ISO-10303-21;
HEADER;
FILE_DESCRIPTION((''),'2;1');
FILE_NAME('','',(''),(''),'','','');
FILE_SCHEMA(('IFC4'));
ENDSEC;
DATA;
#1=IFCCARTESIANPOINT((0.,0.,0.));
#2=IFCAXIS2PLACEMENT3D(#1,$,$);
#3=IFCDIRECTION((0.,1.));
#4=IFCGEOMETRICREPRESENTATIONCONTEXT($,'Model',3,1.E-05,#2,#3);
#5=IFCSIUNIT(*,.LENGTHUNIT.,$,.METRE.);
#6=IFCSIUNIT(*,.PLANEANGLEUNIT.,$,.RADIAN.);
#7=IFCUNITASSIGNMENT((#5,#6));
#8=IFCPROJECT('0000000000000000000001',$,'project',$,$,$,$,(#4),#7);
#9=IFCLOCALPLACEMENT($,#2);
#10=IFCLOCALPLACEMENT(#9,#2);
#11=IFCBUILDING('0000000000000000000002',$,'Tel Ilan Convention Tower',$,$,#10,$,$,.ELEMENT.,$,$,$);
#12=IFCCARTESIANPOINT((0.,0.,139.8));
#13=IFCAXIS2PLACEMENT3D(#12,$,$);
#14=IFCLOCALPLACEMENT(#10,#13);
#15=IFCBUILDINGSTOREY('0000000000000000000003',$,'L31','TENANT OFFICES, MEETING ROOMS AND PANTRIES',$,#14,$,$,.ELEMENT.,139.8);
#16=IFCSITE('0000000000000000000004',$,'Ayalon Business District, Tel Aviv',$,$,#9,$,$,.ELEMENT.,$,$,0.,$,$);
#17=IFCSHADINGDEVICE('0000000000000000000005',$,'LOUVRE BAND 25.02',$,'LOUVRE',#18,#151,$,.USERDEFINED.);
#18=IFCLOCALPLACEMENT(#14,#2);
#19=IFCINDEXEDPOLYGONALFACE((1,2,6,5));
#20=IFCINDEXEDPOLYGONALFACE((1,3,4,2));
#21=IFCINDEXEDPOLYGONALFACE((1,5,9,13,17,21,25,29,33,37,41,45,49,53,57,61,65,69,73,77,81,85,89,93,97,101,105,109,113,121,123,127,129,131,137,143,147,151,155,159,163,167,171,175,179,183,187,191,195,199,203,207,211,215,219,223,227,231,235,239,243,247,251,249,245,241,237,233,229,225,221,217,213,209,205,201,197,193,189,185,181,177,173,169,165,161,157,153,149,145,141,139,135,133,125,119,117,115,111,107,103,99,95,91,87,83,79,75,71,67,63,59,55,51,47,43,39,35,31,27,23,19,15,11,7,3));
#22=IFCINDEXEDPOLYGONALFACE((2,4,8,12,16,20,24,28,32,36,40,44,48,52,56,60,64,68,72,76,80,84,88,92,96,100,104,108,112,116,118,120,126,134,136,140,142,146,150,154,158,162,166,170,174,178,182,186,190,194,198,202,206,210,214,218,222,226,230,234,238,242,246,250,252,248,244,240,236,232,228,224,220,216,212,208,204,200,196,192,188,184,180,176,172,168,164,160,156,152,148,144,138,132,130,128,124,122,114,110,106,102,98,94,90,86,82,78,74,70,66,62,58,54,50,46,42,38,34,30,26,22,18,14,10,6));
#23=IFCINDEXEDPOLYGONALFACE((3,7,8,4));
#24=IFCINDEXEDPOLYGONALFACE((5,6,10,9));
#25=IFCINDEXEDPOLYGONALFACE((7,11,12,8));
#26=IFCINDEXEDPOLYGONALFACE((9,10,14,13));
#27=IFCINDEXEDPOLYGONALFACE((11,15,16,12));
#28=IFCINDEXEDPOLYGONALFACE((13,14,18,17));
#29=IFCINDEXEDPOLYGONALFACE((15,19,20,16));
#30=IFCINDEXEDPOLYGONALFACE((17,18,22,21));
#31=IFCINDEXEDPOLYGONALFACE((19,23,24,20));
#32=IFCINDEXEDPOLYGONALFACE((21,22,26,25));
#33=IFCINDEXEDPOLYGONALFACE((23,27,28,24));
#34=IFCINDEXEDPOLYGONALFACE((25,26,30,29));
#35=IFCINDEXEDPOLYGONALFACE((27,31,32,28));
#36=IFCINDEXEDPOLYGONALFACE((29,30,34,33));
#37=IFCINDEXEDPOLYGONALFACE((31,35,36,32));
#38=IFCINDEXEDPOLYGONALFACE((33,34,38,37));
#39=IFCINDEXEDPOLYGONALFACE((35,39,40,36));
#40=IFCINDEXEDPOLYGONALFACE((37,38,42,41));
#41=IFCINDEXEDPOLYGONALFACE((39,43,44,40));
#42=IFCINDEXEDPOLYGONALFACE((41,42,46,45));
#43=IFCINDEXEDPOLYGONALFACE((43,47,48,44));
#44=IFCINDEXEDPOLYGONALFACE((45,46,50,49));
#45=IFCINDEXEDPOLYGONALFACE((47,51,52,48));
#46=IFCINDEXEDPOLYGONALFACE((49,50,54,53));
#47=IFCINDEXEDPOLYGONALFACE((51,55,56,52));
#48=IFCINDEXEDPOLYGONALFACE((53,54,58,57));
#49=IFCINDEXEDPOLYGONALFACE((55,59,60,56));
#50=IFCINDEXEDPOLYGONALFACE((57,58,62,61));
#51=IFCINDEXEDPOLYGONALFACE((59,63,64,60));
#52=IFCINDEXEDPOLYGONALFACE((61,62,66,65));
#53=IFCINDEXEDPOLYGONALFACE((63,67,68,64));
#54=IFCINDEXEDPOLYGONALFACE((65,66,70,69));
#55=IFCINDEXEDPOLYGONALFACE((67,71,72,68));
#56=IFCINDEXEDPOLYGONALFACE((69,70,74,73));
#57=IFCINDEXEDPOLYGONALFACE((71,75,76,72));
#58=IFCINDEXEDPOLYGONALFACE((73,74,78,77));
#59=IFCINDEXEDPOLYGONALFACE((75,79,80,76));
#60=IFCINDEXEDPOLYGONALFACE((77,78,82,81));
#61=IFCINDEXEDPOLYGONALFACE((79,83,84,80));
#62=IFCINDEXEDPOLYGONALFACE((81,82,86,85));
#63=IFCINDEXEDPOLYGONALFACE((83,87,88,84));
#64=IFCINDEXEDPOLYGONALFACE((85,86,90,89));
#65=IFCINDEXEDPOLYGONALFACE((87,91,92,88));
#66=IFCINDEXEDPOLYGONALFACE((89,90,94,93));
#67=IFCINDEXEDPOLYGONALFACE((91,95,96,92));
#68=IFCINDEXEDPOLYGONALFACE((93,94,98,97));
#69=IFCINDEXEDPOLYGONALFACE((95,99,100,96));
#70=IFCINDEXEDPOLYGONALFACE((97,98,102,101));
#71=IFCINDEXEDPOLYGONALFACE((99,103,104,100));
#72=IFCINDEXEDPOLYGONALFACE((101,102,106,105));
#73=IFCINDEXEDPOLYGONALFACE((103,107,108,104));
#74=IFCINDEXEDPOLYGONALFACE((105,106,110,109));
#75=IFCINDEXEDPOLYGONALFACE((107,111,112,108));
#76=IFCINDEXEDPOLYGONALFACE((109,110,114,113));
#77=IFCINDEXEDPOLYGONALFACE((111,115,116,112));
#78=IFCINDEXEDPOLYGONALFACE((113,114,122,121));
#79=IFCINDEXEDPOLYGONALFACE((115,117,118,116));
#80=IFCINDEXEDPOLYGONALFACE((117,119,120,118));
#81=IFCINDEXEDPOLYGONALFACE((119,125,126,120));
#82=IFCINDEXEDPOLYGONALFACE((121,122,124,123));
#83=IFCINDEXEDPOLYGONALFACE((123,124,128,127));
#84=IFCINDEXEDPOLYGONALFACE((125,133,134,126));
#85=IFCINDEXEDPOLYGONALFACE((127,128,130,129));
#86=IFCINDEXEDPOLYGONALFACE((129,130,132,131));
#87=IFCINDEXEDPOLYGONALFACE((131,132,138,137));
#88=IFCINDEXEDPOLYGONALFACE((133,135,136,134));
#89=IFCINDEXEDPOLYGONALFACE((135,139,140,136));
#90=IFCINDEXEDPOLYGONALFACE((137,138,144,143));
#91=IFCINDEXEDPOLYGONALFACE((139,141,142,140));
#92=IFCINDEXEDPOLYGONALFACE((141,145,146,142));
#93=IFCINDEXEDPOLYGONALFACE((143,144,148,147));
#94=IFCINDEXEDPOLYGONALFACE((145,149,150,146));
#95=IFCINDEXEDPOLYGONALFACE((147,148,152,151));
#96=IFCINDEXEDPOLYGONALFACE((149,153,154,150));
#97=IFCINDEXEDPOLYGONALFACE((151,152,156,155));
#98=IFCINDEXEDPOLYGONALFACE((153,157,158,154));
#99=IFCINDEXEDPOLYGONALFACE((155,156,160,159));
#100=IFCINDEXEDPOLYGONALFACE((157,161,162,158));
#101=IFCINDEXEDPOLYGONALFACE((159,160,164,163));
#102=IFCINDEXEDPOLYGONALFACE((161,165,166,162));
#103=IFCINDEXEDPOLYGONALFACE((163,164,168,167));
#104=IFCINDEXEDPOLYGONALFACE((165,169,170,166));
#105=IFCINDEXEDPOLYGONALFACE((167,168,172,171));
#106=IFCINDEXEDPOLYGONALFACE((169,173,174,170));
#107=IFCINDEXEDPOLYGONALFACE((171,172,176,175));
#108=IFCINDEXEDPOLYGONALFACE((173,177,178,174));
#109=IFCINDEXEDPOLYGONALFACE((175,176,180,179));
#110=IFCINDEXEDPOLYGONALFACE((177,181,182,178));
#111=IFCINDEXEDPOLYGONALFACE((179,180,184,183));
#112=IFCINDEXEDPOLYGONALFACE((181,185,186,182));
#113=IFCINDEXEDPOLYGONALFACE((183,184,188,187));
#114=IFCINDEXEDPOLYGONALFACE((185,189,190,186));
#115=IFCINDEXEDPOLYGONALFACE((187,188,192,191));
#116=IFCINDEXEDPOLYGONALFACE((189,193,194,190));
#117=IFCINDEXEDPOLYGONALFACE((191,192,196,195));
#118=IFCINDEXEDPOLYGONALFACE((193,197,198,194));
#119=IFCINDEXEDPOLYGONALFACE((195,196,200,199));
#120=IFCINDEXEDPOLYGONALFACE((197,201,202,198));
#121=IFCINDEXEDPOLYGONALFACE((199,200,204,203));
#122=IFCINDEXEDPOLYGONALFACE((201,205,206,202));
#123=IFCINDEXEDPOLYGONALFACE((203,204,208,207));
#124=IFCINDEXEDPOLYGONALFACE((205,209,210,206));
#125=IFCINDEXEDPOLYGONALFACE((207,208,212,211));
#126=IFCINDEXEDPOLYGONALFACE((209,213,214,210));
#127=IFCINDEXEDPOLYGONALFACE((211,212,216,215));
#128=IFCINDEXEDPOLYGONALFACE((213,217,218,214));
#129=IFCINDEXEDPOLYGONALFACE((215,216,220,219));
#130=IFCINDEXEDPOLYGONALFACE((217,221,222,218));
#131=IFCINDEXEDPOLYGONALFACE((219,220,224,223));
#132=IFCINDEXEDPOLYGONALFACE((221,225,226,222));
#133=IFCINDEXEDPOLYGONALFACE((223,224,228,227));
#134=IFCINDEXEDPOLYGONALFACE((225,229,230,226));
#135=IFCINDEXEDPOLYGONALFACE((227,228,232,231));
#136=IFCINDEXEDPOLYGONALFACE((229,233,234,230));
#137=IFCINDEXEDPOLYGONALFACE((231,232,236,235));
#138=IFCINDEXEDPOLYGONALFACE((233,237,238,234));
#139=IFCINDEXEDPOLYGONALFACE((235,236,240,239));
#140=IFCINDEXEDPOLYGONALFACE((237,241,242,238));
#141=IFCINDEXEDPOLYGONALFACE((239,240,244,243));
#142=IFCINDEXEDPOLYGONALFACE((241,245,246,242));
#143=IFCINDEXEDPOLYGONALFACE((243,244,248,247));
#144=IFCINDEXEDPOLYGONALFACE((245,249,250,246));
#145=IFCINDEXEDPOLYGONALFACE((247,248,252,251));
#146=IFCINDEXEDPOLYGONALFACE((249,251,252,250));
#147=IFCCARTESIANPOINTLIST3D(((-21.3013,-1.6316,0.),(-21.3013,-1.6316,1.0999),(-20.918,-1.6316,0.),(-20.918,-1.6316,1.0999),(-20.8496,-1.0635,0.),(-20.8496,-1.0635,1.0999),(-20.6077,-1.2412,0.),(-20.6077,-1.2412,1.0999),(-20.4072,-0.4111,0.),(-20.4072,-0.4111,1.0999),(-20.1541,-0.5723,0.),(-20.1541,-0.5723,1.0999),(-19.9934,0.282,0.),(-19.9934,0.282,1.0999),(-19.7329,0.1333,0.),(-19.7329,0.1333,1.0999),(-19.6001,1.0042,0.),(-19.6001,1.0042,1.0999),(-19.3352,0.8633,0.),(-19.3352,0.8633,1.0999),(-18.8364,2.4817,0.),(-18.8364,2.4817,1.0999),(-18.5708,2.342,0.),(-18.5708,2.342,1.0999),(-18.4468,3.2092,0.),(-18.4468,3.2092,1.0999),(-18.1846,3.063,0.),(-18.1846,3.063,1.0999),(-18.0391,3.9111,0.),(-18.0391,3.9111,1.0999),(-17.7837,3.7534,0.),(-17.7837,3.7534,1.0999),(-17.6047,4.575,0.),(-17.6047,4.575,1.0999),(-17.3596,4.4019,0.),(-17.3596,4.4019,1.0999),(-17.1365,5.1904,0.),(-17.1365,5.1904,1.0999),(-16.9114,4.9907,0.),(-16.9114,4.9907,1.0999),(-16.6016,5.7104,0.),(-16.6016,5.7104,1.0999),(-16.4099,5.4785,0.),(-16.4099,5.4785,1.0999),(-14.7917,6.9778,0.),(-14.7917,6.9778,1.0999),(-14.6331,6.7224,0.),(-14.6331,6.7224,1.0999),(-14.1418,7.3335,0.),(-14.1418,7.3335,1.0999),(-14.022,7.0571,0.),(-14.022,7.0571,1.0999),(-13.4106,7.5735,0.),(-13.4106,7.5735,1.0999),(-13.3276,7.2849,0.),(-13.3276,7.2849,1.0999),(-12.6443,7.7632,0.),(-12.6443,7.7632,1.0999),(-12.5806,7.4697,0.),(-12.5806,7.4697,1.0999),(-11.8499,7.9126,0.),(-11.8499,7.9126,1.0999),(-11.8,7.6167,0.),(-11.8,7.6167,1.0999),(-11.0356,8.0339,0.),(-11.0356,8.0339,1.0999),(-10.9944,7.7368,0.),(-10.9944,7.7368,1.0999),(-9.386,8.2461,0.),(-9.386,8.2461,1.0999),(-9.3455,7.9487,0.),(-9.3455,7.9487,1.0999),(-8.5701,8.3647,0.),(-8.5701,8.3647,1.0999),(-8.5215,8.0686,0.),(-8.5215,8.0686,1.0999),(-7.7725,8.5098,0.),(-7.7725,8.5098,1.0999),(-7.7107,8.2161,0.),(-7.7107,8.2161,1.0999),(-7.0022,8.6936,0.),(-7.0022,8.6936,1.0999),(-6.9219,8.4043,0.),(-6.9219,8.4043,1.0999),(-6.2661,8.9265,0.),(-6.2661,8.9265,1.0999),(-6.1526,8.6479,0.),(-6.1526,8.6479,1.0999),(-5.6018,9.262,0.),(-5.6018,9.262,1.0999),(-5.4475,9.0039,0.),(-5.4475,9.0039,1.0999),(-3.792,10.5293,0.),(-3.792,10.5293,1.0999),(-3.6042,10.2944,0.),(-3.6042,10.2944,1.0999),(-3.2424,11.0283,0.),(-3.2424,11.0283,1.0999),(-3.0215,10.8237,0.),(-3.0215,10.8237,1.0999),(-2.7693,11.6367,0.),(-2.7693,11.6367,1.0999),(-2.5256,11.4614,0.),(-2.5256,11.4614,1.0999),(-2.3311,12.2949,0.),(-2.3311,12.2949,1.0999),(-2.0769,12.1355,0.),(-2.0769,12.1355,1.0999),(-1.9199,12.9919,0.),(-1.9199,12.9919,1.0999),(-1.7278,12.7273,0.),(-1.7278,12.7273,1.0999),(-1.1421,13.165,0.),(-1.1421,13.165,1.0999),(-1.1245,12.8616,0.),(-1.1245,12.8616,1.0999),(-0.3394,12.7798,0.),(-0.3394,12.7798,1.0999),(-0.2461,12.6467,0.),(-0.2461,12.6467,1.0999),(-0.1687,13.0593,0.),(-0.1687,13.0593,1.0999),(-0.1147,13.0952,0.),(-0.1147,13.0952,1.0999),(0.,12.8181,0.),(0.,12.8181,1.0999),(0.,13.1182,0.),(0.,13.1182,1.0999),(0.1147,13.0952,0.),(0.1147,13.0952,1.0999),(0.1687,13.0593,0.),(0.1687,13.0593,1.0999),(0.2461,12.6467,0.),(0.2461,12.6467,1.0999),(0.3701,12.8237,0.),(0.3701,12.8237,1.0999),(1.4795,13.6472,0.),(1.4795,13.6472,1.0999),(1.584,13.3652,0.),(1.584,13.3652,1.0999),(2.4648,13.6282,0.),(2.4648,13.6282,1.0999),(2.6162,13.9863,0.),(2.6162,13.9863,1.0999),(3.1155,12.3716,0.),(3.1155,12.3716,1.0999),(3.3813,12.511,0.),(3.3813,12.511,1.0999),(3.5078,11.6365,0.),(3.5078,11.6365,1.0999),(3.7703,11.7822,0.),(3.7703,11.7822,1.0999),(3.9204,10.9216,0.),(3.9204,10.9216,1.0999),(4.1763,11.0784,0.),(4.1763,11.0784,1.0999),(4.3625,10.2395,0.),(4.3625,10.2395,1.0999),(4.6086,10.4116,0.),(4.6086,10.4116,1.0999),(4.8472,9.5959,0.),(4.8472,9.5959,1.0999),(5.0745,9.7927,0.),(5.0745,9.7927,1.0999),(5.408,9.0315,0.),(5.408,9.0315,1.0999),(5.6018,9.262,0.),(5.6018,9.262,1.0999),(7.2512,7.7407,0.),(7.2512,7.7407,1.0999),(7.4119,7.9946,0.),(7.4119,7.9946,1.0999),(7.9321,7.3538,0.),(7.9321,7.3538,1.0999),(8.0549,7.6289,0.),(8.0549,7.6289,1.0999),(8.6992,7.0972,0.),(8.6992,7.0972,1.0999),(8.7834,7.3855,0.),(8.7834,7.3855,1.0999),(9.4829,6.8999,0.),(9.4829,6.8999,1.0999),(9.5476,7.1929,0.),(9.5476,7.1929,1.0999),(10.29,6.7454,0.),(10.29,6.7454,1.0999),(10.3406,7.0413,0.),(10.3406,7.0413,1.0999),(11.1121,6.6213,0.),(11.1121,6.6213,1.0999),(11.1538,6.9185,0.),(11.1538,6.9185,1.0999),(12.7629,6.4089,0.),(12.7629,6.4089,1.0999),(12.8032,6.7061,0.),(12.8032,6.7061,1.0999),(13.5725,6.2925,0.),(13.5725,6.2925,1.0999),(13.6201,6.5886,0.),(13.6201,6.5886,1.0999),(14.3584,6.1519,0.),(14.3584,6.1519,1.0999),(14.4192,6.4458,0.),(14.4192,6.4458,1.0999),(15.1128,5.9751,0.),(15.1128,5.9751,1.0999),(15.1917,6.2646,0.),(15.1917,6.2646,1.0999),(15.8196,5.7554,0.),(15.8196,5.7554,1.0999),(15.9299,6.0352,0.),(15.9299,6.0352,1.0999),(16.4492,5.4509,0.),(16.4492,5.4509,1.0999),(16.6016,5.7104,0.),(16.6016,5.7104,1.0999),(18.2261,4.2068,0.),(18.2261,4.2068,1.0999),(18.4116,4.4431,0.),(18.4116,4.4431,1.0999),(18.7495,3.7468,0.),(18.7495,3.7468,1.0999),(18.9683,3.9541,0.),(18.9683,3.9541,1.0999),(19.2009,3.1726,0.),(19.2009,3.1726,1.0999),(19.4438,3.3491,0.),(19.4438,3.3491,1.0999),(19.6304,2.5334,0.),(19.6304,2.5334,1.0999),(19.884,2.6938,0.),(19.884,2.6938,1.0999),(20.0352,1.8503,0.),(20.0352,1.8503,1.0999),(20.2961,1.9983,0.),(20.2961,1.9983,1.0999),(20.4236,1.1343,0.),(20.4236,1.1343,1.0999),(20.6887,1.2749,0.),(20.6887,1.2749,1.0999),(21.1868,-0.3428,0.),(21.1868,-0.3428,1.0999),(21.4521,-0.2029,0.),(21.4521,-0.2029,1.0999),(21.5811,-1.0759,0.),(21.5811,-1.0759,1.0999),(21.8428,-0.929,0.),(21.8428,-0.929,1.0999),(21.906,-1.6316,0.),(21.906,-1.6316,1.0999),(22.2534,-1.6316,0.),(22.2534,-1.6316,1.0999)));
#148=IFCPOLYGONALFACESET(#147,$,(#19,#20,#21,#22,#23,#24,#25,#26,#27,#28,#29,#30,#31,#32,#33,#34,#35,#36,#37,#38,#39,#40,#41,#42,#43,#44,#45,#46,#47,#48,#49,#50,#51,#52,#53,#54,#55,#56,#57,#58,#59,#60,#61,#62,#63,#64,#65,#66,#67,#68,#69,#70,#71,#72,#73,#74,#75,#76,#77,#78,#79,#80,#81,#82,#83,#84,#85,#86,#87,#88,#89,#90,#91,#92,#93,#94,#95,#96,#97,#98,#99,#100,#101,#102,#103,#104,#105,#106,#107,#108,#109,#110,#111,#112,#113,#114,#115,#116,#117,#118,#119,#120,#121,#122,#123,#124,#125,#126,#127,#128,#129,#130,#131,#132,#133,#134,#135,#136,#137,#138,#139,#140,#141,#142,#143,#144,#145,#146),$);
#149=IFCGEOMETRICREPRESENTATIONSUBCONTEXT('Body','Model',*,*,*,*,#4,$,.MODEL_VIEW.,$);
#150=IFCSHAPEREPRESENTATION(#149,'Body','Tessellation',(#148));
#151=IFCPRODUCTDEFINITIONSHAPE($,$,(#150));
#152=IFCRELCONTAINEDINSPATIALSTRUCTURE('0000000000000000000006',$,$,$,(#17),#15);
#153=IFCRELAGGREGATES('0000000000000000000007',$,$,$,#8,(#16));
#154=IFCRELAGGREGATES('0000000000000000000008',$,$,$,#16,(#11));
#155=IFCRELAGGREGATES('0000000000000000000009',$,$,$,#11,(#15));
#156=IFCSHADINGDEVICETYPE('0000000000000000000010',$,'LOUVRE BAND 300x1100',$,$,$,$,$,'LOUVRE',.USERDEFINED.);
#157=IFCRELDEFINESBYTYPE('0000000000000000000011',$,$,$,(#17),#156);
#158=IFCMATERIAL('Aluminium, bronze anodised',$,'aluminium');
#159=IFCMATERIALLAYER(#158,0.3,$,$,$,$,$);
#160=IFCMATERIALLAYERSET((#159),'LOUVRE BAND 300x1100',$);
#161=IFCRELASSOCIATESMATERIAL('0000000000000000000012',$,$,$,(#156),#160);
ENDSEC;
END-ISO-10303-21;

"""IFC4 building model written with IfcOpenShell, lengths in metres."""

from ifc_helpers import new_model, si_unit, direction, frame, origin, place, context, subcontext, project, spatial, polyline, outline, extrude, material, layer, layer_set, type_object, element, save


model = new_model("IFC4")

# Units and contexts
model_context = context("Model", 3, precision=1e-05, world=origin(), true_north=direction((0.0, 1.0)))
body_context = subcontext(model_context, "Body", "Model", "MODEL_VIEW")
ifc_project = project(units=[si_unit("LENGTHUNIT", "METRE"), si_unit("PLANEANGLEUNIT", "RADIAN")], contexts=[model_context])

# Site, building, storey
site_placement = place(None, origin())
site = spatial("IfcSite", under=ifc_project, at=site_placement, Name="Ayalon Business District, Tel Aviv", CompositionType="ELEMENT", RefElevation=0.0)
building_placement = place(site_placement, origin())
building = spatial("IfcBuilding", under=site, at=building_placement, Name="Tel Ilan Convention Tower", CompositionType="ELEMENT")
storey_placement = place(building_placement, frame((0.0, 0.0, 139.8)))
storey = spatial("IfcBuildingStorey", under=building, at=storey_placement, Name="L31", Description="TENANT OFFICES, MEETING ROOMS AND PANTRIES", CompositionType="ELEMENT", Elevation=139.8)

# Shading device
ifc_material_1 = material(Name="Aluminium, bronze anodised", Category="aluminium")
ifc_layer_1 = layer(ifc_material_1, 0.3)
ifc_layer_set_1 = layer_set([ifc_layer_1], Name="LOUVRE BAND 300x1100")
shading_device_type_1 = type_object("IfcShadingDeviceType", Name="LOUVRE BAND 300x1100", ElementType="LOUVRE", PredefinedType="USERDEFINED", material=ifc_layer_set_1)
shading_device_1_placement = place(storey_placement, origin())
element("IfcShadingDevice", 1, at=shading_device_1_placement, inside=storey, type_object=shading_device_type_1, Name="LOUVRE BAND 25.02", ObjectType="LOUVRE", PredefinedType="USERDEFINED", context=body_context, shape_type="SweptSolid", body=[
    extrude(outline(polyline([(-20.8496, -1.0635), (-21.3013, -1.6316), (-20.918, -1.6316), (-20.6077, -1.2412), (-20.1541, -0.5723), (-19.7329, 0.1333), (-19.3352, 0.8633), (-18.5708, 2.342), (-18.1846, 3.063), (-17.7837, 3.7534), (-17.3596, 4.4019), (-16.9114, 4.9907), (-16.4099, 5.4785), (-14.6331, 6.7224), (-14.022, 7.0571), (-13.3276, 7.2849), (-12.5806, 7.4697), (-11.8, 7.6167), (-10.9944, 7.7368), (-9.3455, 7.9487), (-8.5215, 8.0686), (-7.7107, 8.2161), (-6.9219, 8.4043), (-6.1526, 8.6479), (-5.4475, 9.0039), (-3.6042, 10.2944), (-3.0215, 10.8237), (-2.5256, 11.4614), (-2.0769, 12.1355), (-1.7278, 12.7273), (-1.1245, 12.8616), (-0.3394, 12.7798), (-0.2461, 12.6467), (0.0, 12.8181), (0.2461, 12.6467), (0.3701, 12.8237), (1.584, 13.3652), (2.4648, 13.6282), (3.1155, 12.3716), (3.5078, 11.6365), (3.9204, 10.9216), (4.3625, 10.2395), (4.8472, 9.5959), (5.408, 9.0315), (7.2512, 7.7407), (7.9321, 7.3538), (8.6992, 7.0972), (9.4829, 6.8999), (10.29, 6.7454), (11.1121, 6.6213), (12.7629, 6.4089), (13.5725, 6.2925), (14.3584, 6.1519), (15.1128, 5.9751), (15.8196, 5.7554), (16.4492, 5.4509), (18.2261, 4.2068), (18.7495, 3.7468), (19.2009, 3.1726), (19.6304, 2.5334), (20.0352, 1.8503), (20.4236, 1.1343), (21.1868, -0.3428), (21.5811, -1.0759), (21.906, -1.6316), (22.2534, -1.6316), (21.8428, -0.929), (21.4521, -0.2029), (20.6887, 1.2749), (20.2961, 1.9983), (19.884, 2.6938), (19.4438, 3.3491), (18.9683, 3.9541), (18.4116, 4.4431), (16.6016, 5.7104), (15.9299, 6.0352), (15.1917, 6.2646), (14.4192, 6.4458), (13.6201, 6.5886), (12.8032, 6.7061), (11.1538, 6.9185), (10.3406, 7.0413), (9.5476, 7.1929), (8.7834, 7.3855), (8.0549, 7.6289), (7.4119, 7.9946), (5.6018, 9.262), (5.0745, 9.7927), (4.6086, 10.4116), (4.1763, 11.0784), (3.7703, 11.7822), (3.3813, 12.511), (2.6162, 13.9863), (1.4795, 13.6472), (0.1687, 13.0593), (0.1147, 13.0952), (0.0, 13.1182), (-0.1147, 13.0952), (-0.1687, 13.0593), (-1.1421, 13.165), (-1.9199, 12.9919), (-2.3311, 12.2949), (-2.7693, 11.6367), (-3.2424, 11.0283), (-3.792, 10.5293), (-5.6018, 9.262), (-6.2661, 8.9265), (-7.0022, 8.6936), (-7.7725, 8.5098), (-8.5701, 8.3647), (-9.386, 8.2461), (-11.0356, 8.0339), (-11.8499, 7.9126), (-12.6443, 7.7632), (-13.4106, 7.5735), (-14.1418, 7.3335), (-14.7917, 6.9778), (-16.6016, 5.7104), (-17.1365, 5.1904), (-17.6047, 4.575), (-18.0391, 3.9111), (-18.4468, 3.2092), (-18.8364, 2.4817), (-19.6001, 1.0042), (-19.9934, 0.282), (-20.4072, -0.4111), (-20.8496, -1.0635)])), origin(), (0.0, 0.0, 1.0), 1.0999),
])

save(model, "model.ifc")
